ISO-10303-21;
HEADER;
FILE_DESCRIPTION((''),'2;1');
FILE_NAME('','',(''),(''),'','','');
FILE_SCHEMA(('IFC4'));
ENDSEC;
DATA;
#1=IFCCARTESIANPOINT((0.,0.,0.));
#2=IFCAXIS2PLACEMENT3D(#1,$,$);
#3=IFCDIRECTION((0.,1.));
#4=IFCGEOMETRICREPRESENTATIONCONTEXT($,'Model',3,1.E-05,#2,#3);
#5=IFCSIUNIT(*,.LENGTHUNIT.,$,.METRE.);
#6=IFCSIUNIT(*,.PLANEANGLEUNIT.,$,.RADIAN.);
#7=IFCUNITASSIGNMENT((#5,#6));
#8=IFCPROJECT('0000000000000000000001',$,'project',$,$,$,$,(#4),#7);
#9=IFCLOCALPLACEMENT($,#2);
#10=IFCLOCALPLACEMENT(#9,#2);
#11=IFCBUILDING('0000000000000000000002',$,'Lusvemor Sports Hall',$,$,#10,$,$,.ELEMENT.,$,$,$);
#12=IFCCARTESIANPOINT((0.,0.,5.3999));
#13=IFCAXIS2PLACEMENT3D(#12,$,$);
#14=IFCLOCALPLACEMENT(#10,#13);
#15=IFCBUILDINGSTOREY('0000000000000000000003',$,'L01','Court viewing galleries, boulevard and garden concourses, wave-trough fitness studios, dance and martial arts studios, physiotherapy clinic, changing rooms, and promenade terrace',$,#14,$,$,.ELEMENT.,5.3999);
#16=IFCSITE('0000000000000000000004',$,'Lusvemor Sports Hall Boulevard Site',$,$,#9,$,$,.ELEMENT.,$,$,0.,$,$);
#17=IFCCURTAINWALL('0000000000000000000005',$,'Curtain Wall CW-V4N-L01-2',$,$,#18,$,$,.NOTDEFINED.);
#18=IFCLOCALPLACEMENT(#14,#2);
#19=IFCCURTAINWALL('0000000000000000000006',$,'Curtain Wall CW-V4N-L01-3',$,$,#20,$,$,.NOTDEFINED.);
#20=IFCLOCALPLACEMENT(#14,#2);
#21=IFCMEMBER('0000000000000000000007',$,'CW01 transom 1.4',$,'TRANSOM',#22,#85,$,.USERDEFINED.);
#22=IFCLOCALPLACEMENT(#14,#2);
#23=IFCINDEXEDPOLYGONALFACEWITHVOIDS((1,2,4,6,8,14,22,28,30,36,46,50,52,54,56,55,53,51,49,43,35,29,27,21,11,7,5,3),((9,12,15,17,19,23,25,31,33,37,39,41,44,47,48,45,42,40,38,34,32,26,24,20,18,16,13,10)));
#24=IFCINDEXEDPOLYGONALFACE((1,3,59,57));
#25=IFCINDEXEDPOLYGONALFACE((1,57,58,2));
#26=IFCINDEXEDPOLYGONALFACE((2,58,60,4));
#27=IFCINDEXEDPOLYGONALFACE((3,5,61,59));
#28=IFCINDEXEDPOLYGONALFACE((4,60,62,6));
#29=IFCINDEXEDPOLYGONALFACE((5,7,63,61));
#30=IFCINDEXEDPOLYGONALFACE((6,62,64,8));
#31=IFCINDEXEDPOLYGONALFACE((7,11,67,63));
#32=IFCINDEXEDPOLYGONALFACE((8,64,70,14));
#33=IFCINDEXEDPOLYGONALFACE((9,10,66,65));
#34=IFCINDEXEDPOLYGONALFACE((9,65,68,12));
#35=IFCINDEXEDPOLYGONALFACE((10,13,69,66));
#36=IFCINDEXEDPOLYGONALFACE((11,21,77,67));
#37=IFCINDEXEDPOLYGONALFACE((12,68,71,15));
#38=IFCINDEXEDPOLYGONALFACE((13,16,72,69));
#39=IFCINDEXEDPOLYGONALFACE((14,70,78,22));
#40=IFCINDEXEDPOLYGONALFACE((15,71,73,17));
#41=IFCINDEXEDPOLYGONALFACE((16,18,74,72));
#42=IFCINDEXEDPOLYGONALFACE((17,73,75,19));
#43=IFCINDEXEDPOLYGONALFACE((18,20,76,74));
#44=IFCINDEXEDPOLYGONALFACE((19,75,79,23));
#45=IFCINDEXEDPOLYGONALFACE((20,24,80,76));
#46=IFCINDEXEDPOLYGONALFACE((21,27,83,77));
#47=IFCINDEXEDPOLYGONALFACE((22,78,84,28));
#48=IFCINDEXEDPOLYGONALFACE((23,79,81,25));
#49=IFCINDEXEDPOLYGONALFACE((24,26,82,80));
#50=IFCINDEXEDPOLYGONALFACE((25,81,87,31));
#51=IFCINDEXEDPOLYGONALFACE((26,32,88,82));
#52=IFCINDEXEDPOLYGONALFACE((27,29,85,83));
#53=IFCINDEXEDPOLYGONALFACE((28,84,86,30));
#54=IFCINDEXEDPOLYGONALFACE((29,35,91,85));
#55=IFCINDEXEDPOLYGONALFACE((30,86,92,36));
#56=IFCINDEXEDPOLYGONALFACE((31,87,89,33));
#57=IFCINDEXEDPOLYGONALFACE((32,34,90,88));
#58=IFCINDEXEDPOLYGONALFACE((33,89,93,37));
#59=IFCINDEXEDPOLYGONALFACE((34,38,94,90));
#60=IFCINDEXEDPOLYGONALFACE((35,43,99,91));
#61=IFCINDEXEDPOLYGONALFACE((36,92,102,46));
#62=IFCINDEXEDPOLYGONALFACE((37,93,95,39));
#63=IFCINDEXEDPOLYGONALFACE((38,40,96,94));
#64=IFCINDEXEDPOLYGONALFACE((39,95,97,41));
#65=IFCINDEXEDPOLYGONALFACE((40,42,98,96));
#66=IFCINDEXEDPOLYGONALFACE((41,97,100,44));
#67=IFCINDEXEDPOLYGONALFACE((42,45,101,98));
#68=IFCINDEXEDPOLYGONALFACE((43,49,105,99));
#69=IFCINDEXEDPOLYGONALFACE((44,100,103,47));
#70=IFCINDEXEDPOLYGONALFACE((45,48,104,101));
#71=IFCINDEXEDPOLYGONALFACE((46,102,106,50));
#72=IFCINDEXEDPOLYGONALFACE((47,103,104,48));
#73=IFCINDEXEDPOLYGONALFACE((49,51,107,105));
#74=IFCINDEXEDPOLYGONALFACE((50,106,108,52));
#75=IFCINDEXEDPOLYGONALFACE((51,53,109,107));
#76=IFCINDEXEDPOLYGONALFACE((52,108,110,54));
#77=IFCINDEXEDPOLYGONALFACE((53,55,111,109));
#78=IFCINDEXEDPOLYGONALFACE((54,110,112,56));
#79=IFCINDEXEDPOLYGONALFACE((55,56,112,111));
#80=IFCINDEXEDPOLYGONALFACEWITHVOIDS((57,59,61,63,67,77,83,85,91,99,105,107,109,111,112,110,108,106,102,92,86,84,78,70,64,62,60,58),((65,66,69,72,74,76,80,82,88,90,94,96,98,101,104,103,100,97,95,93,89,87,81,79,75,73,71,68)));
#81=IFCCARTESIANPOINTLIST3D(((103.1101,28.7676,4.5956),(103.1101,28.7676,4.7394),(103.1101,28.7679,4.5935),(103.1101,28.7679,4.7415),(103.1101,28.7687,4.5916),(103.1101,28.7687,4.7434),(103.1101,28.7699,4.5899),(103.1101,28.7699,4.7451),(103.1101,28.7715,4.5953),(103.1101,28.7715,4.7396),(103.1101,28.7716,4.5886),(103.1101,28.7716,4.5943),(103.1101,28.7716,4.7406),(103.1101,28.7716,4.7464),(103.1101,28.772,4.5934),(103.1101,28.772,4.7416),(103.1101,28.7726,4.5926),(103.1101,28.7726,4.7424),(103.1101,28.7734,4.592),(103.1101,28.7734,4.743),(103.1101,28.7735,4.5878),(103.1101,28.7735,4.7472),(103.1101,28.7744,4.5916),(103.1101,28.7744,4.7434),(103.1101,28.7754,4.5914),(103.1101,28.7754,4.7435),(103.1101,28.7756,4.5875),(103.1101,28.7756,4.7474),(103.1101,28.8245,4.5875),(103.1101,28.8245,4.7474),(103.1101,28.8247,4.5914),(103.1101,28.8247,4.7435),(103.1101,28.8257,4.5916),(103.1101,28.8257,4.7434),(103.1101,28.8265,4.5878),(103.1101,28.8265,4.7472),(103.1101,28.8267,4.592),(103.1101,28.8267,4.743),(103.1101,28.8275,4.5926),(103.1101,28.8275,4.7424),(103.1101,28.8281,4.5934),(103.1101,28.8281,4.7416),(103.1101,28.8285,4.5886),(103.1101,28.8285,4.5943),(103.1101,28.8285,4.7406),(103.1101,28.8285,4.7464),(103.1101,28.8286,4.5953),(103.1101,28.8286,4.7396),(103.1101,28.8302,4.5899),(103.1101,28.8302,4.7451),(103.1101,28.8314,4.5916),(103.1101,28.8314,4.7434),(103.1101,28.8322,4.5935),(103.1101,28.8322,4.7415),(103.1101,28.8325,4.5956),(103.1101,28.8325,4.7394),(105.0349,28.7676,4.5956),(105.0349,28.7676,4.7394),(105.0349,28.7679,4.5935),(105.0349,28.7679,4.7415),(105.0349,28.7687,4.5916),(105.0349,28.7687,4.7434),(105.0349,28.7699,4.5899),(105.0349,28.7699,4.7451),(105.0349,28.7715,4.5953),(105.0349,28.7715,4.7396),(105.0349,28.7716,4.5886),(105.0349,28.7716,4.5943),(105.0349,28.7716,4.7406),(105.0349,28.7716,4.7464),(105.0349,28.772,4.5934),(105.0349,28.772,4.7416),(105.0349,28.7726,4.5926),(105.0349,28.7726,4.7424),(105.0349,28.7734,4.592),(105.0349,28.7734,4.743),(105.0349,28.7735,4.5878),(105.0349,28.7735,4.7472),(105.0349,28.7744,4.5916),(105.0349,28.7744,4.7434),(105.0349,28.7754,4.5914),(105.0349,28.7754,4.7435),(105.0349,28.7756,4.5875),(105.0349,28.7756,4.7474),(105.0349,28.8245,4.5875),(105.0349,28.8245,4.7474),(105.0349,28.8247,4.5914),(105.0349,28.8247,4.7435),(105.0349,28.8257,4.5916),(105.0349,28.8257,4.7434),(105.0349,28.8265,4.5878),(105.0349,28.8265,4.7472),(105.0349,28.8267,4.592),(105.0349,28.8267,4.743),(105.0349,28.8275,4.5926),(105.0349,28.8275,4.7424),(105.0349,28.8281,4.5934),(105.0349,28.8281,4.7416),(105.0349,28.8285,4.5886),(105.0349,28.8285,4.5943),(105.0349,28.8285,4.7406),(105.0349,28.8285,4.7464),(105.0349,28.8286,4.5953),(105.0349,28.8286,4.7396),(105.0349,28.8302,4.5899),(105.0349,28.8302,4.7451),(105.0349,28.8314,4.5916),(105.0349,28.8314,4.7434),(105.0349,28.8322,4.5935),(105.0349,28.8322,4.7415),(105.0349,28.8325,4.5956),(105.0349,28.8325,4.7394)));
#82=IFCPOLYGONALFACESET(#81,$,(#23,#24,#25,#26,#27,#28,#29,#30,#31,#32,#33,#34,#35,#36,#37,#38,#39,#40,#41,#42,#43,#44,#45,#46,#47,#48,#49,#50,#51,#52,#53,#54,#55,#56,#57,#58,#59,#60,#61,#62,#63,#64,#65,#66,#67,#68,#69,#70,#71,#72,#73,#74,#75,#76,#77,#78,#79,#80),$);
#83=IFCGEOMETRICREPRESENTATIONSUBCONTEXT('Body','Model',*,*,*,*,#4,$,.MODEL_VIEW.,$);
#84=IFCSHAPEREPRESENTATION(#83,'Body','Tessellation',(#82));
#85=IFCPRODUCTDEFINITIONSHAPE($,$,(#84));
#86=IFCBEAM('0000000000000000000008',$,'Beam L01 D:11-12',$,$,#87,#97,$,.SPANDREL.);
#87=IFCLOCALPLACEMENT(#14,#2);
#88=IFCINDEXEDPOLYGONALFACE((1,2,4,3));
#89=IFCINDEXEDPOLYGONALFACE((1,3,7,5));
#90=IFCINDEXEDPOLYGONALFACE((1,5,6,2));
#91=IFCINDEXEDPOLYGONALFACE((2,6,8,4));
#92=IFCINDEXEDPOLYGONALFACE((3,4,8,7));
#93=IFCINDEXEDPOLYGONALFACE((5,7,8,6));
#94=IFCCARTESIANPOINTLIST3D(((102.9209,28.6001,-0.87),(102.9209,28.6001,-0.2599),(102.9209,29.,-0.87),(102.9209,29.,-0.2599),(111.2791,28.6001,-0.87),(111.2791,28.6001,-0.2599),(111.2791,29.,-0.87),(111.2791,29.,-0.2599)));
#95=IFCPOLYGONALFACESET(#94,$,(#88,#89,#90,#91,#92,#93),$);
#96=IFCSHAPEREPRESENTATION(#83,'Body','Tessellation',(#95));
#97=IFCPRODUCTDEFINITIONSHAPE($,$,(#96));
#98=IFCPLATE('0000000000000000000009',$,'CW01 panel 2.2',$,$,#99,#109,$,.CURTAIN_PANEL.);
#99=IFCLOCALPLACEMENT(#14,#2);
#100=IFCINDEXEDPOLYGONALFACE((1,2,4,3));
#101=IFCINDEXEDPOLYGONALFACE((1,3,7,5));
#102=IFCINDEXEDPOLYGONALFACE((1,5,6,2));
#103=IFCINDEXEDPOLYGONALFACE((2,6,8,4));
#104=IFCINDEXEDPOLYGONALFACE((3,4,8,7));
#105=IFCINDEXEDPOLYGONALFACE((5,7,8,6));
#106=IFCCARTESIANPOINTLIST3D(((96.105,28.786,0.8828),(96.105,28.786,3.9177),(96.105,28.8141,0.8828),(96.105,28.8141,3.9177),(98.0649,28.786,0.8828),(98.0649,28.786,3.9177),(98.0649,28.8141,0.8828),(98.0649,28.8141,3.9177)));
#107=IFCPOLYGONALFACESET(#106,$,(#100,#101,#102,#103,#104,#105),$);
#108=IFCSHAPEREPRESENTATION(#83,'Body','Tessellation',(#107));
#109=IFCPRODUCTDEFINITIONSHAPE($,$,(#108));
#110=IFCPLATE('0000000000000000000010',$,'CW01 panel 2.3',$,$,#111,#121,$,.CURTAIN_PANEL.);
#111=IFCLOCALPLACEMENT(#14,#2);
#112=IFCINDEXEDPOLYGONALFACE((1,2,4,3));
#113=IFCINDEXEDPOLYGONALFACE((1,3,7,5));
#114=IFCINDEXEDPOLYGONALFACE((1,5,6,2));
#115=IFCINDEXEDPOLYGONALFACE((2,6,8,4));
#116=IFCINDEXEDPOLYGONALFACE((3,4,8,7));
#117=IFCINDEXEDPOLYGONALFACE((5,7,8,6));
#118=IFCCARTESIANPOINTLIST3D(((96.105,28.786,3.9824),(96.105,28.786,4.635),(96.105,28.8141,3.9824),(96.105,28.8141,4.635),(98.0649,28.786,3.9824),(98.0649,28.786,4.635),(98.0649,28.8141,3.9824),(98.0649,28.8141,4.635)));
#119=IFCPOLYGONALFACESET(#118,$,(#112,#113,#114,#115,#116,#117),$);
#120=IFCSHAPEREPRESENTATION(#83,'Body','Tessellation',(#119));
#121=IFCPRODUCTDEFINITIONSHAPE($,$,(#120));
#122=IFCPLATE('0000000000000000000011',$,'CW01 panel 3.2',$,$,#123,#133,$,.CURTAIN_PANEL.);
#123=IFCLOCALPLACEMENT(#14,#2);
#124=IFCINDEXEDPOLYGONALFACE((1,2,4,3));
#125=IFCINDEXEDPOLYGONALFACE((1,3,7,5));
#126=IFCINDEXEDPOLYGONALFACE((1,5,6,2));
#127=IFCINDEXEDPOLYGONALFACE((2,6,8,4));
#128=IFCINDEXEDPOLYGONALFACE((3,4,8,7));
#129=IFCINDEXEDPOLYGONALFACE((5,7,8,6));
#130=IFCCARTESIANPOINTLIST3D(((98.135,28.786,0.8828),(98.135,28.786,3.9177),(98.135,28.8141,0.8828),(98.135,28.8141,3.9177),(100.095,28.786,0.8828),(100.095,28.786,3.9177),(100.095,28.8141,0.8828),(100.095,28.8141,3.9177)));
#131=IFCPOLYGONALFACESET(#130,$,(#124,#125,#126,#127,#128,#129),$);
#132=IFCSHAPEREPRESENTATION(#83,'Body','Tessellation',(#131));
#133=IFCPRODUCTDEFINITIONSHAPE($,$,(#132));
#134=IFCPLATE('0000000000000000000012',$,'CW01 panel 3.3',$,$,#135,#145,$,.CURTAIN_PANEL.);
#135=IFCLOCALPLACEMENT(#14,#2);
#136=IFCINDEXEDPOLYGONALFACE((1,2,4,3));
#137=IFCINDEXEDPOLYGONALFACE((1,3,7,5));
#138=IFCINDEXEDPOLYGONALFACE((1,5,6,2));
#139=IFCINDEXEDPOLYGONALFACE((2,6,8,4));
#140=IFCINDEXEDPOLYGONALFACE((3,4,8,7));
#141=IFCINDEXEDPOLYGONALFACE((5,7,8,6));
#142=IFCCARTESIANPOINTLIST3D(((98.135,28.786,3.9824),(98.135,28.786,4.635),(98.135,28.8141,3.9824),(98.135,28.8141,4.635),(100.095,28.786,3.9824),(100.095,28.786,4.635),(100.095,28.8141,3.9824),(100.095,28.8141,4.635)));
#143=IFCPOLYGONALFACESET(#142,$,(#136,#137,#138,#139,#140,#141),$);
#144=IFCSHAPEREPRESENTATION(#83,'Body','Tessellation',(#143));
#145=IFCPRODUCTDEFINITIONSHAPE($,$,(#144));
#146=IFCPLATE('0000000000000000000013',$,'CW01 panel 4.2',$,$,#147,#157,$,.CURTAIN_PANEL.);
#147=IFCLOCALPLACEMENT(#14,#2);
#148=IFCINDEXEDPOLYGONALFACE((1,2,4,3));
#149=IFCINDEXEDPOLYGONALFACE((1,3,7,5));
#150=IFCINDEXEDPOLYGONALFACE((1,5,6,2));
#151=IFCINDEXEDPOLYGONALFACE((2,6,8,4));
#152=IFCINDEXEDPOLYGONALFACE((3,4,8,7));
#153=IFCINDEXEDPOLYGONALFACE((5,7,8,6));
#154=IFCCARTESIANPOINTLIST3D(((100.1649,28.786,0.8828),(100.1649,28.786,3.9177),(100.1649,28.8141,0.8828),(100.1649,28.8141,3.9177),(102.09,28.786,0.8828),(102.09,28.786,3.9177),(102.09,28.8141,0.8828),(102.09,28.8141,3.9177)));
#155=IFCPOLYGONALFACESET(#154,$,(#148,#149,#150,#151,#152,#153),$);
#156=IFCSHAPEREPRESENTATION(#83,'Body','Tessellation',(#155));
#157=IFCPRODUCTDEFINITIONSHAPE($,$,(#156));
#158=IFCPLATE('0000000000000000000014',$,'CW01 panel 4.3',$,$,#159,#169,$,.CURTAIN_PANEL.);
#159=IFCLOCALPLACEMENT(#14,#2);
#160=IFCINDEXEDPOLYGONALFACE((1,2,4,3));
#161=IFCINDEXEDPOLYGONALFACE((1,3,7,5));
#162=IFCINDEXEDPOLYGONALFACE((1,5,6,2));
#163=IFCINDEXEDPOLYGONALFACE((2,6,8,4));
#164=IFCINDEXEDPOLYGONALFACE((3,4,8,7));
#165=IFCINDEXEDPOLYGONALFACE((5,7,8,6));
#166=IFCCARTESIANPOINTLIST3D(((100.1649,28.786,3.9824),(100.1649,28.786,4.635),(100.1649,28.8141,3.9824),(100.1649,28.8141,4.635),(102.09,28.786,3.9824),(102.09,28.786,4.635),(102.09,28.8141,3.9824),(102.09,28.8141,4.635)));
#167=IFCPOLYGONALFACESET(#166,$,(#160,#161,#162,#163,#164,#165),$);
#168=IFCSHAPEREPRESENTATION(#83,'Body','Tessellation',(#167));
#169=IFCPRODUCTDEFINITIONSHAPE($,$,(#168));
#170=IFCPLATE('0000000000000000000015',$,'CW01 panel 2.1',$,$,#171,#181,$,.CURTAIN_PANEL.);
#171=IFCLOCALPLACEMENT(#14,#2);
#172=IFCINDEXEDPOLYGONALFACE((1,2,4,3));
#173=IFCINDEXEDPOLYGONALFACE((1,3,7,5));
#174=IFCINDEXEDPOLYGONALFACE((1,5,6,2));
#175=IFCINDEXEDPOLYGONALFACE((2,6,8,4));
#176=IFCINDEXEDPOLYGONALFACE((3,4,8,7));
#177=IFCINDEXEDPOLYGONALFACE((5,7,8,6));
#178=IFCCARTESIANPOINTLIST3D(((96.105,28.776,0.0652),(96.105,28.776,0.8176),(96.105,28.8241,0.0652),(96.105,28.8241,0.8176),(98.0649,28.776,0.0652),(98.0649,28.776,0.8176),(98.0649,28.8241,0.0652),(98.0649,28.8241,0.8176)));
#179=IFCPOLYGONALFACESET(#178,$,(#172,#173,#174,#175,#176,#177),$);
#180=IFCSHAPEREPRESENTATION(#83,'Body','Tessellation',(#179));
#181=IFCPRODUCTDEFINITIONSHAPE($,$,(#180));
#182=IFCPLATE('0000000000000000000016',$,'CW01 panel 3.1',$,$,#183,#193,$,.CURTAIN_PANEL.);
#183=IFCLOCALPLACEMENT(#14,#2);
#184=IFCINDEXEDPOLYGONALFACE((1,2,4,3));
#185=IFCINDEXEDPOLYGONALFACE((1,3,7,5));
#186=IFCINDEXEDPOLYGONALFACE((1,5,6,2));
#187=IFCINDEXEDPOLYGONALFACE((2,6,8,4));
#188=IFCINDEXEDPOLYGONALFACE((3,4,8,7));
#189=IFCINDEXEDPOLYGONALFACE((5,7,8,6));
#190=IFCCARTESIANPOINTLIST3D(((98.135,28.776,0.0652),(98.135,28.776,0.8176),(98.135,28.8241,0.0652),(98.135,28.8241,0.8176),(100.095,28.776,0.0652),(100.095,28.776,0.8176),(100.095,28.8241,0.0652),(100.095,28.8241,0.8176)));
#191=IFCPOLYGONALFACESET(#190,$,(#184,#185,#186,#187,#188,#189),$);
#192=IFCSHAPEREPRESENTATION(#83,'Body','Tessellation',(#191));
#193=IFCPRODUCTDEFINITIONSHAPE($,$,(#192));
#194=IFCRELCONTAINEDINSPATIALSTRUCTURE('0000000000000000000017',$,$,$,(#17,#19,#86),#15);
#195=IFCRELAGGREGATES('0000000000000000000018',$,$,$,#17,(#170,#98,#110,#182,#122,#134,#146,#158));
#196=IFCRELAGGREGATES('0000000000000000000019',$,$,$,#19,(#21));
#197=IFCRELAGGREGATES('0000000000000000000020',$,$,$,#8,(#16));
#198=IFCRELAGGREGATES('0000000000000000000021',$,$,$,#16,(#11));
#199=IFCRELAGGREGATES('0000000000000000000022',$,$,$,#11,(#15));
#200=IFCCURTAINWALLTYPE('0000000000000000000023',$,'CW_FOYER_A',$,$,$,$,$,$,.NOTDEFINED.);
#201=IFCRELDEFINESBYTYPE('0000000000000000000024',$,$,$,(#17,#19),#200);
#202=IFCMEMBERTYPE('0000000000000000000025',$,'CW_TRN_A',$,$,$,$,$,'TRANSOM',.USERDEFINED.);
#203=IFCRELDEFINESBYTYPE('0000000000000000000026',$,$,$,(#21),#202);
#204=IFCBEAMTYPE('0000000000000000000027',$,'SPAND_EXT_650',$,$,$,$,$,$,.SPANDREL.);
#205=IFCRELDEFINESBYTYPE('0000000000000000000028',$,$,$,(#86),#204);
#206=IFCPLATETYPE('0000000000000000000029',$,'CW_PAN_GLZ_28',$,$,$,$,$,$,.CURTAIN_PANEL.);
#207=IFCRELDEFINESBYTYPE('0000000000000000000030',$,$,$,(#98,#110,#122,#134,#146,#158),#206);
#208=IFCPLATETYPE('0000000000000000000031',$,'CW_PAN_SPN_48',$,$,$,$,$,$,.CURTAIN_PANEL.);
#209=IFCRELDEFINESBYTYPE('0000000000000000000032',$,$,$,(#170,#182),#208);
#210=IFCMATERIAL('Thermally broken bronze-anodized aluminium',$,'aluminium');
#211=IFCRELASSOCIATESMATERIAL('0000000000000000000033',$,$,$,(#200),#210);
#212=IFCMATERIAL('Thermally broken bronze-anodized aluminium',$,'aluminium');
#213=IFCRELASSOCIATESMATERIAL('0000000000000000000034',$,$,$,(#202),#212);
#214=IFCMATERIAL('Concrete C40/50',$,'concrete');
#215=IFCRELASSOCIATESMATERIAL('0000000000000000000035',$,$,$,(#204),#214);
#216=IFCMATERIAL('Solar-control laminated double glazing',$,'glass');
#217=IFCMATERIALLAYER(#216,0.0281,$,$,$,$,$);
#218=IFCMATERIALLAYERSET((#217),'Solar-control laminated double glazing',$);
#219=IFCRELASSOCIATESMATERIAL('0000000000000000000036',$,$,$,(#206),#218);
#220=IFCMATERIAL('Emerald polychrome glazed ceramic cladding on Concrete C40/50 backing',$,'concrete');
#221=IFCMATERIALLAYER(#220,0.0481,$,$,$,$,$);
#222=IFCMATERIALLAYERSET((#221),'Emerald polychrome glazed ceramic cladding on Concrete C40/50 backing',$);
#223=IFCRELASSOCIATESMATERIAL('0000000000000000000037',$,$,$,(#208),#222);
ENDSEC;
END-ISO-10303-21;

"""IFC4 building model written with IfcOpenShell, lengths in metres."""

from ifc_helpers import new_model, si_unit, direction, frame, origin, origin_2d, place, context, subcontext, project, spatial, rectangle, hollow_rectangle, extrude, material, layer, layer_set, material_profile, profile_set, type_object, element, aggregate, save


model = new_model("IFC4")

# Units and contexts
model_context = context("Model", 3, precision=1e-05, world=origin(), true_north=direction((0.0, 1.0)))
body_context = subcontext(model_context, "Body", "Model", "MODEL_VIEW")
ifc_project = project(units=[si_unit("LENGTHUNIT", "METRE"), si_unit("PLANEANGLEUNIT", "RADIAN")], contexts=[model_context])

# Site, building, storey
site_placement = place(None, origin())
site = spatial("IfcSite", under=ifc_project, at=site_placement, Name="Lusvemor Sports Hall Boulevard Site", CompositionType="ELEMENT", RefElevation=0.0)
building_placement = place(site_placement, origin())
building = spatial("IfcBuilding", under=site, at=building_placement, Name="Lusvemor Sports Hall", CompositionType="ELEMENT")
storey_placement = place(building_placement, frame((0.0, 0.0, 5.3999)))
storey = spatial("IfcBuildingStorey", under=building, at=storey_placement, Name="L01", Description="Court viewing galleries, boulevard and garden concourses, wave-trough fitness studios, dance and martial arts studios, physiotherapy clinic, changing rooms, and promenade terrace", CompositionType="ELEMENT", Elevation=5.3999)

# Curtain wall
ifc_material_1 = material(Name="Thermally broken bronze-anodized aluminium", Category="aluminium")
curtain_wall_type = type_object("IfcCurtainWallType", Name="CW_FOYER_A", PredefinedType="NOTDEFINED", material=ifc_material_1)
curtain_wall_1_placement = place(storey_placement, origin())
curtain_wall_1 = element("IfcCurtainWall", 1, at=curtain_wall_1_placement, inside=storey, type_object=curtain_wall_type, Name="Curtain Wall CW-V4N-L01-2", PredefinedType="NOTDEFINED")

# Curtain wall
curtain_wall_2_placement = place(storey_placement, origin())
curtain_wall_2 = element("IfcCurtainWall", 2, at=curtain_wall_2_placement, inside=storey, type_object=curtain_wall_type, Name="Curtain Wall CW-V4N-L01-3", PredefinedType="NOTDEFINED")

# Member
ifc_material_2 = material(Name="Thermally broken bronze-anodized aluminium", Category="aluminium")
ifc_material_profile_1 = material_profile(ifc_material_2, hollow_rectangle(XDim=0.0649, YDim=0.1599, WallThickness=0.0039, InnerFilletRadius=0.0039, OuterFilletRadius=0.0081, at=origin_2d()), Name="CWTRN160x65x4")
ifc_profile_set_1 = profile_set([ifc_material_profile_1], Name="Thermally broken bronze-anodized aluminium")
member_type_1 = type_object("IfcMemberType", Name="CW_TRN_A", ElementType="TRANSOM", PredefinedType="USERDEFINED", material=ifc_profile_set_1)
member_1_placement = place(storey_placement, frame((103.1101, 28.8, 4.6675), z_axis=(1.0, 0.0, 0.0), x_axis=(0.0, 1.0, 0.0)))
member_1 = element("IfcMember", 3, at=member_1_placement, type_object=member_type_1, Name="CW01 transom 1.4", ObjectType="TRANSOM", PredefinedType="USERDEFINED", context=body_context, shape_type="SweptSolid", body=[
    extrude(hollow_rectangle(XDim=0.0649, YDim=0.1599, WallThickness=0.0039, InnerFilletRadius=0.0039, OuterFilletRadius=0.0081, at=origin_2d()), origin(), (0.0, 0.0, 1.0), 1.9248),
])

# Beam
ifc_material_3 = material(Name="Concrete C40/50", Category="concrete")
ifc_material_profile_2 = material_profile(ifc_material_3, rectangle(XDim=0.3999, YDim=0.6101, at=origin_2d()), Name="RC400x610")
ifc_profile_set_2 = profile_set([ifc_material_profile_2], Name="Concrete C40/50")
beam_type = type_object("IfcBeamType", Name="SPAND_EXT_650", PredefinedType="SPANDREL", material=ifc_profile_set_2)
beam_placement = place(storey_placement, frame((102.9209, 28.8, -0.5649), z_axis=(1.0, 0.0, 0.0), x_axis=(0.0, 1.0, 0.0)))
element("IfcBeam", 4, at=beam_placement, inside=storey, type_object=beam_type, Name="Beam L01 D:11-12", PredefinedType="SPANDREL", context=body_context, shape_type="SweptSolid", body=[
    extrude(rectangle(XDim=0.3999, YDim=0.6101, at=origin_2d()), origin(), (0.0, 0.0, 1.0), 8.3582),
])

# Plates
ifc_material_4 = material(Name="Solar-control laminated double glazing", Category="glass")
ifc_layer_1 = layer(ifc_material_4, 0.0281)
ifc_layer_set_1 = layer_set([ifc_layer_1], Name="Solar-control laminated double glazing")
plate_type_1 = type_object("IfcPlateType", Name="CW_PAN_GLZ_28", PredefinedType="CURTAIN_PANEL", material=ifc_layer_set_1)
plate_1_placement = place(storey_placement, frame((97.085, 28.8, 0.8828), z_axis=(0.0, 0.0, 1.0), x_axis=(1.0, 0.0, 0.0)))
plate_1 = element("IfcPlate", 5, at=plate_1_placement, type_object=plate_type_1, Name="CW01 panel 2.2", PredefinedType="CURTAIN_PANEL", context=body_context, shape_type="SweptSolid", body=[
    extrude(rectangle(XDim=1.96, YDim=0.0281, at=origin_2d()), origin(), (0.0, 0.0, 1.0), 3.0349),
])
plate_2_placement = place(storey_placement, frame((97.085, 28.8, 3.9824), z_axis=(0.0, 0.0, 1.0), x_axis=(1.0, 0.0, 0.0)))
plate_2 = element("IfcPlate", 6, at=plate_2_placement, type_object=plate_type_1, Name="CW01 panel 2.3", PredefinedType="CURTAIN_PANEL", context=body_context, shape_type="SweptSolid", body=[
    extrude(rectangle(XDim=1.96, YDim=0.0281, at=origin_2d()), origin(), (0.0, 0.0, 1.0), 0.6526),
])
plate_3_placement = place(storey_placement, frame((99.115, 28.8, 0.8828), z_axis=(0.0, 0.0, 1.0), x_axis=(1.0, 0.0, 0.0)))
plate_3 = element("IfcPlate", 7, at=plate_3_placement, type_object=plate_type_1, Name="CW01 panel 3.2", PredefinedType="CURTAIN_PANEL", context=body_context, shape_type="SweptSolid", body=[
    extrude(rectangle(XDim=1.96, YDim=0.0281, at=origin_2d()), origin(), (0.0, 0.0, 1.0), 3.0349),
])
plate_4_placement = place(storey_placement, frame((99.115, 28.8, 3.9824), z_axis=(0.0, 0.0, 1.0), x_axis=(1.0, 0.0, 0.0)))
plate_4 = element("IfcPlate", 8, at=plate_4_placement, type_object=plate_type_1, Name="CW01 panel 3.3", PredefinedType="CURTAIN_PANEL", context=body_context, shape_type="SweptSolid", body=[
    extrude(rectangle(XDim=1.96, YDim=0.0281, at=origin_2d()), origin(), (0.0, 0.0, 1.0), 0.6526),
])
plate_5_placement = place(storey_placement, frame((101.1274, 28.8, 0.8828), z_axis=(0.0, 0.0, 1.0), x_axis=(1.0, 0.0, 0.0)))
plate_5 = element("IfcPlate", 9, at=plate_5_placement, type_object=plate_type_1, Name="CW01 panel 4.2", PredefinedType="CURTAIN_PANEL", context=body_context, shape_type="SweptSolid", body=[
    extrude(rectangle(XDim=1.925, YDim=0.0281, at=origin_2d()), origin(), (0.0, 0.0, 1.0), 3.0349),
])
plate_6_placement = place(storey_placement, frame((101.1274, 28.8, 3.9824), z_axis=(0.0, 0.0, 1.0), x_axis=(1.0, 0.0, 0.0)))
plate_6 = element("IfcPlate", 10, at=plate_6_placement, type_object=plate_type_1, Name="CW01 panel 4.3", PredefinedType="CURTAIN_PANEL", context=body_context, shape_type="SweptSolid", body=[
    extrude(rectangle(XDim=1.925, YDim=0.0281, at=origin_2d()), origin(), (0.0, 0.0, 1.0), 0.6526),
])
ifc_material_5 = material(Name="Emerald polychrome glazed ceramic cladding on Concrete C40/50 backing", Category="concrete")
ifc_layer_2 = layer(ifc_material_5, 0.0481)
ifc_layer_set_2 = layer_set([ifc_layer_2], Name="Emerald polychrome glazed ceramic cladding on Concrete C40/50 backing")
plate_type_2 = type_object("IfcPlateType", Name="CW_PAN_SPN_48", PredefinedType="CURTAIN_PANEL", material=ifc_layer_set_2)
plate_7_placement = place(storey_placement, frame((97.085, 28.8, 0.0652), z_axis=(0.0, 0.0, 1.0), x_axis=(1.0, 0.0, 0.0)))
plate_7 = element("IfcPlate", 11, at=plate_7_placement, type_object=plate_type_2, Name="CW01 panel 2.1", PredefinedType="CURTAIN_PANEL", context=body_context, shape_type="SweptSolid", body=[
    extrude(rectangle(XDim=1.96, YDim=0.0481, at=origin_2d()), origin(), (0.0, 0.0, 1.0), 0.7524),
])
plate_8_placement = place(storey_placement, frame((99.115, 28.8, 0.0652), z_axis=(0.0, 0.0, 1.0), x_axis=(1.0, 0.0, 0.0)))
plate_8 = element("IfcPlate", 12, at=plate_8_placement, type_object=plate_type_2, Name="CW01 panel 3.1", PredefinedType="CURTAIN_PANEL", context=body_context, shape_type="SweptSolid", body=[
    extrude(rectangle(XDim=1.96, YDim=0.0481, at=origin_2d()), origin(), (0.0, 0.0, 1.0), 0.7524),
])
aggregate(curtain_wall_1, [plate_7, plate_1, plate_2, plate_8, plate_3, plate_4, plate_5, plate_6])
aggregate(curtain_wall_2, [member_1])

save(model, "model.ifc")
